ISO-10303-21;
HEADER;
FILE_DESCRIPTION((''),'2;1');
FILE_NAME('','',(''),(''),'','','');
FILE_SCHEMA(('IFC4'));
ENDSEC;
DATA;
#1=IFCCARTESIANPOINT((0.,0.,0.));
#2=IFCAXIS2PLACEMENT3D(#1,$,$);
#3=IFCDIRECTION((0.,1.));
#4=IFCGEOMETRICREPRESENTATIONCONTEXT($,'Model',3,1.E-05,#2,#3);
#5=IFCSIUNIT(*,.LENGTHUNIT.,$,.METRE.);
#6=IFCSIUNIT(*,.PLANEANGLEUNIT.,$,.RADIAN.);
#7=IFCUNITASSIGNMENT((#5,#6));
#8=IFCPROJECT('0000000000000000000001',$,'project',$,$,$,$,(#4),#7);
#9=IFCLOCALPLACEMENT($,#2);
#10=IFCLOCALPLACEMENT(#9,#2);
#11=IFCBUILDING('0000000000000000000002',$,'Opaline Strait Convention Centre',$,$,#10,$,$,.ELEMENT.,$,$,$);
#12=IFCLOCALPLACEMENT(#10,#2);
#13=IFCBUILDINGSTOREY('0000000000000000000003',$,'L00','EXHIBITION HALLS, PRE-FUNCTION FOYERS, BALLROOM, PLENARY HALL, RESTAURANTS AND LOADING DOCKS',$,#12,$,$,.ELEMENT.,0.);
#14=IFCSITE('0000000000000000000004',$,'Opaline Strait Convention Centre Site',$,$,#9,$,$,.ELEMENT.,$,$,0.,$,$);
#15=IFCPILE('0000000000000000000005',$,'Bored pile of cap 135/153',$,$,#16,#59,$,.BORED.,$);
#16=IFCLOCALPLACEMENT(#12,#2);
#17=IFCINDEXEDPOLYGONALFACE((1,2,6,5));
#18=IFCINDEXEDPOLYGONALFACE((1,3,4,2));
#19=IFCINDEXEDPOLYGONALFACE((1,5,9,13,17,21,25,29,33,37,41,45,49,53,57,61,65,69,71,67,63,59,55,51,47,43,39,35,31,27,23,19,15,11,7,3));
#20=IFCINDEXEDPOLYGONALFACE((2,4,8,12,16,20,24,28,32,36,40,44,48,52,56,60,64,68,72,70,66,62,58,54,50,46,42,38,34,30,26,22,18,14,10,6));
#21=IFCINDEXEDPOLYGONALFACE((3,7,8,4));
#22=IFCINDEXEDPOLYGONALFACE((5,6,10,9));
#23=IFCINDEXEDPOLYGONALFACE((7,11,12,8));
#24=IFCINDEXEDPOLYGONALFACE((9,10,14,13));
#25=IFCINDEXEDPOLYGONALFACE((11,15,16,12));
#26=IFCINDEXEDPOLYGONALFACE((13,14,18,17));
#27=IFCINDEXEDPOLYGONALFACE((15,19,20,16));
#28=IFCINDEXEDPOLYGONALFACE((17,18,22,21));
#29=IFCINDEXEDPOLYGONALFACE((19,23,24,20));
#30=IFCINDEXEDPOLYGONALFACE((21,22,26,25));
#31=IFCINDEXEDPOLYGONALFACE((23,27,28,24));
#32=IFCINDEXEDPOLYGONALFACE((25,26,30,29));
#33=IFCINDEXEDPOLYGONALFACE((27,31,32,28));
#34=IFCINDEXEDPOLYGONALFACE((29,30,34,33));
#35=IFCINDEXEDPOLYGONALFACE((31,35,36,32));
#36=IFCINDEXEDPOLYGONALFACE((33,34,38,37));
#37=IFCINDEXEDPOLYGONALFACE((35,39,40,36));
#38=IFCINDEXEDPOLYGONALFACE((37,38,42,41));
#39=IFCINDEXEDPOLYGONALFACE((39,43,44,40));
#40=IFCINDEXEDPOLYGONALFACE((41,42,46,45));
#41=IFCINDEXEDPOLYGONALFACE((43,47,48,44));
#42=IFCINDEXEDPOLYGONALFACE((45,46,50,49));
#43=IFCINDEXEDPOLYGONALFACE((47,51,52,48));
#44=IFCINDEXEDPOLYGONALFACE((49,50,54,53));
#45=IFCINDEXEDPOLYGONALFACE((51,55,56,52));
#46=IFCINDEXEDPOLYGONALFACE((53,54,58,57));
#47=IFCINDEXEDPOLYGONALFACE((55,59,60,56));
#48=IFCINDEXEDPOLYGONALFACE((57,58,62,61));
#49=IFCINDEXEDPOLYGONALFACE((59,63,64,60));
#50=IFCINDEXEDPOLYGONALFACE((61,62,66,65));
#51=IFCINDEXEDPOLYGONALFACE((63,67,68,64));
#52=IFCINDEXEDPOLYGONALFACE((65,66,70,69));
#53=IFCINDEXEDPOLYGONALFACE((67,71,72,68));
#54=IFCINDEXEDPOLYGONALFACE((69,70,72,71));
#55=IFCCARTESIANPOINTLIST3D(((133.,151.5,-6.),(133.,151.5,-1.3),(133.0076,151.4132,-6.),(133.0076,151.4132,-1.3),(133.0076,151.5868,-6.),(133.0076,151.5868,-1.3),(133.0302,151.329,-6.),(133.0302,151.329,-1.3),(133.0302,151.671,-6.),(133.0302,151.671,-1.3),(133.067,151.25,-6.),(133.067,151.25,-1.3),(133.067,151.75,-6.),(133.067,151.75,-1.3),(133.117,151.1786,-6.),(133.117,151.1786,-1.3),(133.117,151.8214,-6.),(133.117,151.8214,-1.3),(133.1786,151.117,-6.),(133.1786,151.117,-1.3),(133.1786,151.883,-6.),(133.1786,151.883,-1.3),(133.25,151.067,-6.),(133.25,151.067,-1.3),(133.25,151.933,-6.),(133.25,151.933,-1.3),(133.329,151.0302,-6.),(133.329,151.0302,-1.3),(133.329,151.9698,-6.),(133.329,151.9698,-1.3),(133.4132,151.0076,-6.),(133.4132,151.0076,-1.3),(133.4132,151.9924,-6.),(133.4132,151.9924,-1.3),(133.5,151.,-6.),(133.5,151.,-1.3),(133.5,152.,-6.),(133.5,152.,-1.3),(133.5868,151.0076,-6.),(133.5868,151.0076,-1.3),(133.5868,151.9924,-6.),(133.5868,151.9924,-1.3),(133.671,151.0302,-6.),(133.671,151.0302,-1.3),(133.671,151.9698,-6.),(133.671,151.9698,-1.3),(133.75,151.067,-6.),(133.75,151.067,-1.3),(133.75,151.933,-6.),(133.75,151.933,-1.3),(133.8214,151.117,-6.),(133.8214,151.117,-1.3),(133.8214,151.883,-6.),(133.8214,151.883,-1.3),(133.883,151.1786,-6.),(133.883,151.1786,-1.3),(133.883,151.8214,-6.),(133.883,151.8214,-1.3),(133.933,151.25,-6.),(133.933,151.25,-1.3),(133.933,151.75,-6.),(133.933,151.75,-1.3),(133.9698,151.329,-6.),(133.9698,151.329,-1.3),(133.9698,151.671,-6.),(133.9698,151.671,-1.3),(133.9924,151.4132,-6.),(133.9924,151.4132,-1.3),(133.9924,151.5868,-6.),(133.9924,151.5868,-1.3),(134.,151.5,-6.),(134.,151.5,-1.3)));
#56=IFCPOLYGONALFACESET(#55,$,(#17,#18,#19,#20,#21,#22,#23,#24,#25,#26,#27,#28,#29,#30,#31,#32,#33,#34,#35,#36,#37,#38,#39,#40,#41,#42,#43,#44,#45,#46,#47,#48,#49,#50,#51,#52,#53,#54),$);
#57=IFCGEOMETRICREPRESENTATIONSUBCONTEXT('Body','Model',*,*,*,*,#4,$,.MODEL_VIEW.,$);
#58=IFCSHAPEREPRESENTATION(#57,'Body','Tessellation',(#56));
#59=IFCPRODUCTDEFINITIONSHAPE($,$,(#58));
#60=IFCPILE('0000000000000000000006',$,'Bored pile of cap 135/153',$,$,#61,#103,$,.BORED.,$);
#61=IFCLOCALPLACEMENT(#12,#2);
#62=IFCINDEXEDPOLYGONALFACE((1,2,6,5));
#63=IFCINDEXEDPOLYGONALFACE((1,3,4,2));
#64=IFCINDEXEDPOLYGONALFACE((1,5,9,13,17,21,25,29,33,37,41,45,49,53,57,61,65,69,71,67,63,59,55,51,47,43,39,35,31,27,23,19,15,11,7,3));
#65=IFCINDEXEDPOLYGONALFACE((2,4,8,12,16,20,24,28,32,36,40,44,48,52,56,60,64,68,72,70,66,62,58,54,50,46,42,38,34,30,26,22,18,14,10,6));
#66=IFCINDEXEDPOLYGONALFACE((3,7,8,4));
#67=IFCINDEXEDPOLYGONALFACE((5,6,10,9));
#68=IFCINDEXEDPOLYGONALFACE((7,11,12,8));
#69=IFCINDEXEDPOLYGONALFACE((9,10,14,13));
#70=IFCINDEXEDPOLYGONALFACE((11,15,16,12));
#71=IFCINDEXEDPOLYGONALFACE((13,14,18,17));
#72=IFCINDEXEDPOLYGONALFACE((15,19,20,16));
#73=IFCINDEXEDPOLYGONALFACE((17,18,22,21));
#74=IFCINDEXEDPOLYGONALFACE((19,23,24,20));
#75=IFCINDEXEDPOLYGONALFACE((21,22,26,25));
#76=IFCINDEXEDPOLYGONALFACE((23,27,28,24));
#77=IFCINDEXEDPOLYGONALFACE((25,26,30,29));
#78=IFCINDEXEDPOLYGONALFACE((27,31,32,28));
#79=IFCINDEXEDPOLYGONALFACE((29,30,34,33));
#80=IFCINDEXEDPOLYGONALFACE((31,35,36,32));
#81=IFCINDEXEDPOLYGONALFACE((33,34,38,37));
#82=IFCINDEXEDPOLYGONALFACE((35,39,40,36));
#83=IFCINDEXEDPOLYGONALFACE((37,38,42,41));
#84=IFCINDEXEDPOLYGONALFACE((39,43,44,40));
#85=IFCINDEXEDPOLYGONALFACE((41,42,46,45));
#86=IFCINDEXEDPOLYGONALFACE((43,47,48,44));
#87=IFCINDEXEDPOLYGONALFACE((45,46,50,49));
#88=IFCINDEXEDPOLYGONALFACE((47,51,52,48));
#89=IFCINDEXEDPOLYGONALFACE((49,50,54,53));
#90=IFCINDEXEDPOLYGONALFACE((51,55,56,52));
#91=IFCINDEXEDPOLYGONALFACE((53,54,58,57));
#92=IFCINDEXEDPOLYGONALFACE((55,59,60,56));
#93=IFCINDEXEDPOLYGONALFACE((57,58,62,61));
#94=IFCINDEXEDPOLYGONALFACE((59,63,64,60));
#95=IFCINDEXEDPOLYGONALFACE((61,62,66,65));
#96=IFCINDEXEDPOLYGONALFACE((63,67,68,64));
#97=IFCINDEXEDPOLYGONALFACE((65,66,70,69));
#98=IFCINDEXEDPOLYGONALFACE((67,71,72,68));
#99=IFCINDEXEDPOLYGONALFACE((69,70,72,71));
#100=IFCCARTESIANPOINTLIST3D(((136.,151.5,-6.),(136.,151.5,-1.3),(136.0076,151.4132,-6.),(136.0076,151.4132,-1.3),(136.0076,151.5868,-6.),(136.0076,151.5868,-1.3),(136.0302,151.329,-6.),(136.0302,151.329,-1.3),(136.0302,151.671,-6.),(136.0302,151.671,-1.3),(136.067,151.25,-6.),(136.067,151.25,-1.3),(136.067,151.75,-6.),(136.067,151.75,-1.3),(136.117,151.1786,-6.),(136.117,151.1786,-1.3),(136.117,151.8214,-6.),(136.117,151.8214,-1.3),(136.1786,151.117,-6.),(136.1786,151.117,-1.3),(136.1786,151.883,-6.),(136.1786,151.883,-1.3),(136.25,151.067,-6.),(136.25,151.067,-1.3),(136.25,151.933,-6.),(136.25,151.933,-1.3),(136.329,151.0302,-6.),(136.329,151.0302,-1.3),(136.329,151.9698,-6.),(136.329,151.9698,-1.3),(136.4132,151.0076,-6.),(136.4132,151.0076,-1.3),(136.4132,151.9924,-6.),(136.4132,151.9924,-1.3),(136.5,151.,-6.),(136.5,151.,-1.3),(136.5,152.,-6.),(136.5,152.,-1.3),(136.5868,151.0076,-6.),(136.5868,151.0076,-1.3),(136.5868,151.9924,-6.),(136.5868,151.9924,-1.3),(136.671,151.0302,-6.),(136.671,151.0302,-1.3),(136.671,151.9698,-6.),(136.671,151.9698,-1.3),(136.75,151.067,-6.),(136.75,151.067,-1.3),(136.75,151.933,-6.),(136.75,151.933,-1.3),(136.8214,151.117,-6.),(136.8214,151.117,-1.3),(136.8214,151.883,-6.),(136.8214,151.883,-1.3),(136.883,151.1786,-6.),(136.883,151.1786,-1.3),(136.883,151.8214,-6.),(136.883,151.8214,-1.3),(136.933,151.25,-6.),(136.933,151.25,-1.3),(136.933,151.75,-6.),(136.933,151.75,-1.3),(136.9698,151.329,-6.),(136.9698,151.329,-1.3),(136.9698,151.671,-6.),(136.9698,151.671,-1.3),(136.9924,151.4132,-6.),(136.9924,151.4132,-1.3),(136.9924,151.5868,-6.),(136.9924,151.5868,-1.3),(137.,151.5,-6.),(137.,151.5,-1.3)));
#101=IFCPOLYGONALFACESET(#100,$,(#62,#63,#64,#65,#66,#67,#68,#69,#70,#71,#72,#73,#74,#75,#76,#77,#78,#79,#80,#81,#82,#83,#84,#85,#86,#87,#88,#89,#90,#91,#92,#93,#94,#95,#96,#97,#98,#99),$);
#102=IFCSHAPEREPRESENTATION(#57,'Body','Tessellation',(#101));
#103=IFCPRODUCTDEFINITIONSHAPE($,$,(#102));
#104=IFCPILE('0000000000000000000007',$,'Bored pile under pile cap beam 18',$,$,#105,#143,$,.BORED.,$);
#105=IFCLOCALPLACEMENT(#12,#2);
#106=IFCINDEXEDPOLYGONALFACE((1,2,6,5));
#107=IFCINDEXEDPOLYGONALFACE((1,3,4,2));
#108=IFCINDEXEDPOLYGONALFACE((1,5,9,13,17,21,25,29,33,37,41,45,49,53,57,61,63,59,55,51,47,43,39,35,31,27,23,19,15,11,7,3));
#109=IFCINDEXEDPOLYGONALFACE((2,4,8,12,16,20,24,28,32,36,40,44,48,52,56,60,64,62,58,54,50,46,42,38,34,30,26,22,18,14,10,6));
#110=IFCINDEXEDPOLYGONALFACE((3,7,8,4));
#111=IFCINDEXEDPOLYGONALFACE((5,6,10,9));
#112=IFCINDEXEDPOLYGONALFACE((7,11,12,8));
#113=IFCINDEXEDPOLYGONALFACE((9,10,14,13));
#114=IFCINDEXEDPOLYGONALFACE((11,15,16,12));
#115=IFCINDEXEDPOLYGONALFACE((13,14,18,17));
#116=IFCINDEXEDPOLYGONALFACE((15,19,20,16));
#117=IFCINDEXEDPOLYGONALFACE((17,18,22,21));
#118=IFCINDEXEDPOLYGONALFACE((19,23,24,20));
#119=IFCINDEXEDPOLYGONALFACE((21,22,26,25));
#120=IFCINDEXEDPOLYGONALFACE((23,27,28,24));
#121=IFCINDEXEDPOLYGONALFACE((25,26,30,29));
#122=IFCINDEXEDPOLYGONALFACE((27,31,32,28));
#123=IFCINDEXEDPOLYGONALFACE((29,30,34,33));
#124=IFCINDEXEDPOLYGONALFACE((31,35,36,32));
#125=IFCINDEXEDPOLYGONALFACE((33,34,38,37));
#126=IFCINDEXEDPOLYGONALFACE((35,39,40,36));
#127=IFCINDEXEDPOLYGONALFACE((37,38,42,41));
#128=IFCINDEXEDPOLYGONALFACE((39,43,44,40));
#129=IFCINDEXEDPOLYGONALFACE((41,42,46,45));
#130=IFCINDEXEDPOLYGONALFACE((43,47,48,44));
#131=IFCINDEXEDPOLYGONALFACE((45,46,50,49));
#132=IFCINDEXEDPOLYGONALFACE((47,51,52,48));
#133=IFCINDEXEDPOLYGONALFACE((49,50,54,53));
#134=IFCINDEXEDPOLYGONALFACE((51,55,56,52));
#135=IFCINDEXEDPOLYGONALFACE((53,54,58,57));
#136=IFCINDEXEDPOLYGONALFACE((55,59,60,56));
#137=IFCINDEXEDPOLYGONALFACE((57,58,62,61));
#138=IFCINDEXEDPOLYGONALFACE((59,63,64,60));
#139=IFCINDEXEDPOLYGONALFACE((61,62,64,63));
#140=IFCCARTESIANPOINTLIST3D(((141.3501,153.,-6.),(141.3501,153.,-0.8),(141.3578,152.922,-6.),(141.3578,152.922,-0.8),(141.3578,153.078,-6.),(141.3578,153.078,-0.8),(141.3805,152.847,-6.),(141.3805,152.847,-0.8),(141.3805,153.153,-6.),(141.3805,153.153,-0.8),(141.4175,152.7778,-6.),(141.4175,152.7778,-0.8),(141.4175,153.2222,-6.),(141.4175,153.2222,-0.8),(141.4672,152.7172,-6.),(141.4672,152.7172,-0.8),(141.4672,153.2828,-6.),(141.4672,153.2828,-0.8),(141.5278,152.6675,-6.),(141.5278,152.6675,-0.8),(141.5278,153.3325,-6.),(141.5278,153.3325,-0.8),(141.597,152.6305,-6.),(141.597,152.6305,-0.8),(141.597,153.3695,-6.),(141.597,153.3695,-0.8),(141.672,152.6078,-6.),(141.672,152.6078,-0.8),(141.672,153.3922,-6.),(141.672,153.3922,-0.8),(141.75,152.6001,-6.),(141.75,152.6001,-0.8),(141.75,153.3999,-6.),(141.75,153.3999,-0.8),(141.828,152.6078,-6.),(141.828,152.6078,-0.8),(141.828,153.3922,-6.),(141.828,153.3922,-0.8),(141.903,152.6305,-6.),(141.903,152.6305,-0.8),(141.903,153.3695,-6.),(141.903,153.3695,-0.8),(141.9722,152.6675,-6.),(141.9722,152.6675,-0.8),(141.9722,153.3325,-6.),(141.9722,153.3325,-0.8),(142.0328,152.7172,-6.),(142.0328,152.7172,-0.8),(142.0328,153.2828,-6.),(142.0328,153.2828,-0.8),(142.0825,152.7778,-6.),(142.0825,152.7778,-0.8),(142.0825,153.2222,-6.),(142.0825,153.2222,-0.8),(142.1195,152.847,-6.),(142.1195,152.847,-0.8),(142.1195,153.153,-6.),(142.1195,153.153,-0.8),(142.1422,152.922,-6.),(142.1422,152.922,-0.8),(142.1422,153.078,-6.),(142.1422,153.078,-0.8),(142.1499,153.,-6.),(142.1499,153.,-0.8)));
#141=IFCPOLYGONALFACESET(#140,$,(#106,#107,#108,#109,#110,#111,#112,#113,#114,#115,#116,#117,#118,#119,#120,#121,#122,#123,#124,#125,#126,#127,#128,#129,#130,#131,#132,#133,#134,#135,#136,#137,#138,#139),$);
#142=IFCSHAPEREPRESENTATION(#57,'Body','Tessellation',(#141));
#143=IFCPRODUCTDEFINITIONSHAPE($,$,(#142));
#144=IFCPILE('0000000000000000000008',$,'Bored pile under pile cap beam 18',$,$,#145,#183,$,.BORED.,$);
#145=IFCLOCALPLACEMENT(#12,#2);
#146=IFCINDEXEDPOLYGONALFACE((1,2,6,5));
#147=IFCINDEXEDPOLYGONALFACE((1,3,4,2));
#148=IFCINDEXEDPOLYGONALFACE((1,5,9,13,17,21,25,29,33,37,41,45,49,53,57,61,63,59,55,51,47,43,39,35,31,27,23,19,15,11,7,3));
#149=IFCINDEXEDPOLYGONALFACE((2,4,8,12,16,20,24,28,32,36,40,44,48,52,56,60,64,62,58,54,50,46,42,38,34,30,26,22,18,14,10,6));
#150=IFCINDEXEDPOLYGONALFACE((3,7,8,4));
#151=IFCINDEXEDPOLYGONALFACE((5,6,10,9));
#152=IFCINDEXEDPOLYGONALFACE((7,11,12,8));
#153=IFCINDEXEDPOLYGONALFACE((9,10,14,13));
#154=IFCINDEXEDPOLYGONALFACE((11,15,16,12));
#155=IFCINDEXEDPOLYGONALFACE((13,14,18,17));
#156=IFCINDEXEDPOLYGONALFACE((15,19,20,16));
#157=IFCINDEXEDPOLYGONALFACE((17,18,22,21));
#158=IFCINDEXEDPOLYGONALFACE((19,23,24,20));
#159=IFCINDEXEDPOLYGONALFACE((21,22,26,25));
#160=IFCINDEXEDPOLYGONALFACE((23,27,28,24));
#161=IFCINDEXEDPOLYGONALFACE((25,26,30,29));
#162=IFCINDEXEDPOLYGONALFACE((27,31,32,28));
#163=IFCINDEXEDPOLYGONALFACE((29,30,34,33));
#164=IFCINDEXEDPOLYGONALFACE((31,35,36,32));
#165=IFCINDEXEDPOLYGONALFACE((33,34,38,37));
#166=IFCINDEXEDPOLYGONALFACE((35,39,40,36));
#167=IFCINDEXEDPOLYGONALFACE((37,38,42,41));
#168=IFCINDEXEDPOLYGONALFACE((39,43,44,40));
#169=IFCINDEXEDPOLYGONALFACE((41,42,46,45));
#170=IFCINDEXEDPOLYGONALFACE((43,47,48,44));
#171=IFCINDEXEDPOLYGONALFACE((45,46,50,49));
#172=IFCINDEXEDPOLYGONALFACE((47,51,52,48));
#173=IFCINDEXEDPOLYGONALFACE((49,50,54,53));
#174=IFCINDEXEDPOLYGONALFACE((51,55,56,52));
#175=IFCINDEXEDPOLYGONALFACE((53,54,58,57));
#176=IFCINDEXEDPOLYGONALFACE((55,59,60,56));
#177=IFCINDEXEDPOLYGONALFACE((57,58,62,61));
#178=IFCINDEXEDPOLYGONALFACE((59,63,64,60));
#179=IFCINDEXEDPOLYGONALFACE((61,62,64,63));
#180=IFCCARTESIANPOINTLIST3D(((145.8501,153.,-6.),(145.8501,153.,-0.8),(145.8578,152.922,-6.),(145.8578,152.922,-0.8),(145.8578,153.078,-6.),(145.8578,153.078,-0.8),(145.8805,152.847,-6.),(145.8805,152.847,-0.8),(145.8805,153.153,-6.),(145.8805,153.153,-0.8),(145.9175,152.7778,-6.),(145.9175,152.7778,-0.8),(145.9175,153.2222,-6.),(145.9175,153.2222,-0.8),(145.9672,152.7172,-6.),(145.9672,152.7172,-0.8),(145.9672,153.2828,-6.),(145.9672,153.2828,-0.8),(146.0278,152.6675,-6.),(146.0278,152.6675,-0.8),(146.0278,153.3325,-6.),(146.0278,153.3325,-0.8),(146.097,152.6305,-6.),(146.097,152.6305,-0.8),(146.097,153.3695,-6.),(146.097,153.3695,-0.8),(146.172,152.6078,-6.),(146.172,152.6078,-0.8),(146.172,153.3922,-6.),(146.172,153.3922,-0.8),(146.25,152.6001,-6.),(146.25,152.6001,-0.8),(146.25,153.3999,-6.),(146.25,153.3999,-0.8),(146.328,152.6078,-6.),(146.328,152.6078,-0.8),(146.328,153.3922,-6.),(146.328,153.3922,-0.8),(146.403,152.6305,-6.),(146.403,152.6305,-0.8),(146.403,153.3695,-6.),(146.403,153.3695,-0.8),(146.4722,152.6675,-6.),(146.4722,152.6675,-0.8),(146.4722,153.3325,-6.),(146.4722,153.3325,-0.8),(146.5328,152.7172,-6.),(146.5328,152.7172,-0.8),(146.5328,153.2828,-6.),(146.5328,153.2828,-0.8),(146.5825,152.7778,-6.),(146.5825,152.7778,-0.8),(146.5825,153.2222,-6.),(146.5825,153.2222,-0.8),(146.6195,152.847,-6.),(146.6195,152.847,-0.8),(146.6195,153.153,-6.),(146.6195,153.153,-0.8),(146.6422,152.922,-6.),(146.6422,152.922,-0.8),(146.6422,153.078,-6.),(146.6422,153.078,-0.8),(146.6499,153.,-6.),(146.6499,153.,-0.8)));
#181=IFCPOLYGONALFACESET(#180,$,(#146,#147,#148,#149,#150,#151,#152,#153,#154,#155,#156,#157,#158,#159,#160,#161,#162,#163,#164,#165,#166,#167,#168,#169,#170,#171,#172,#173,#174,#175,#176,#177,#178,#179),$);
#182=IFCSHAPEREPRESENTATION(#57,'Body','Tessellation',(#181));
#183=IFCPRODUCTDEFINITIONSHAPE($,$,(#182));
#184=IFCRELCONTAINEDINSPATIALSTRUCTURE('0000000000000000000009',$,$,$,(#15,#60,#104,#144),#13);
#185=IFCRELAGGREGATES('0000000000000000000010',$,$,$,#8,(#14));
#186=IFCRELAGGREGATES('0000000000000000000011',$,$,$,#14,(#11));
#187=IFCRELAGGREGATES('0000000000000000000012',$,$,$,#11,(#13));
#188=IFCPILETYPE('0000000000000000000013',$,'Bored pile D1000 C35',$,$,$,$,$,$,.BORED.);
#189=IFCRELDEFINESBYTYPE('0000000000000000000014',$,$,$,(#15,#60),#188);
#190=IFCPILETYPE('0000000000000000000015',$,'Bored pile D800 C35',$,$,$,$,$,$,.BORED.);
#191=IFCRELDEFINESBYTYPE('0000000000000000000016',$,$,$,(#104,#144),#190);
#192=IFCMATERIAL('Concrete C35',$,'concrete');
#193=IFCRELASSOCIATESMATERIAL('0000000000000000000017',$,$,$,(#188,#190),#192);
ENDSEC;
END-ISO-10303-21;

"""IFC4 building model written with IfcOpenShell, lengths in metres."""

from ifc_helpers import new_model, si_unit, direction, frame, origin, origin_2d, place, context, subcontext, project, spatial, circle, extrude, material, material_profile, profile_set, type_object, element, save


model = new_model("IFC4")

# Units and contexts
model_context = context("Model", 3, precision=1e-05, world=origin(), true_north=direction((0.0, 1.0)))
body_context = subcontext(model_context, "Body", "Model", "MODEL_VIEW")
ifc_project = project(units=[si_unit("LENGTHUNIT", "METRE"), si_unit("PLANEANGLEUNIT", "RADIAN")], contexts=[model_context])

# Site, building, storey
site_placement = place(None, origin())
site = spatial("IfcSite", under=ifc_project, at=site_placement, Name="Opaline Strait Convention Centre Site", CompositionType="ELEMENT", RefElevation=0.0)
building_placement = place(site_placement, origin())
building = spatial("IfcBuilding", under=site, at=building_placement, Name="Opaline Strait Convention Centre", CompositionType="ELEMENT")
storey_placement = place(building_placement, origin())
storey = spatial("IfcBuildingStorey", under=building, at=storey_placement, Name="L00", Description="EXHIBITION HALLS, PRE-FUNCTION FOYERS, BALLROOM, PLENARY HALL, RESTAURANTS AND LOADING DOCKS", CompositionType="ELEMENT", Elevation=0.0)

# Piles
ifc_material_1 = material(Name="Concrete C35", Category="concrete")
ifc_material_profile_1 = material_profile(ifc_material_1, circle(Radius=0.5, at=origin_2d()), Name="D1000")
ifc_profile_set_1 = profile_set([ifc_material_profile_1], Name="Concrete C35")
pile_type_1 = type_object("IfcPileType", Name="Bored pile D1000 C35", PredefinedType="BORED", material=ifc_profile_set_1)
for number, where, z_axis, x_axis, name in (
    (1, (133.5, 151.5, -1.3), (0.0, 0.0, -1.0), (1.0, 0.0, 0.0), "Bored pile of cap 135/153"),
    (2, (136.5, 151.5, -1.3), (0.0, 0.0, -1.0), (1.0, 0.0, 0.0), "Bored pile of cap 135/153"),
):
    element("IfcPile", number, at=place(storey_placement, frame(where, z_axis=z_axis, x_axis=x_axis)), inside=storey, type_object=pile_type_1, Name=name, PredefinedType="BORED", context=body_context, shape_type="SweptSolid", body=[
        extrude(circle(Radius=0.5, at=origin_2d()), origin(), (0.0, 0.0, 1.0), 4.7),
    ])
ifc_material_profile_2 = material_profile(ifc_material_1, circle(Radius=0.3999, at=origin_2d()), Name="D800")
ifc_profile_set_2 = profile_set([ifc_material_profile_2], Name="Concrete C35")
pile_type_2 = type_object("IfcPileType", Name="Bored pile D800 C35", PredefinedType="BORED", material=ifc_profile_set_2)
for number, where, z_axis, x_axis, name in (
    (3, (141.75, 153.0, -0.8), (0.0, 0.0, -1.0), (1.0, 0.0, 0.0), "Bored pile under pile cap beam 18"),
    (4, (146.25, 153.0, -0.8), (0.0, 0.0, -1.0), (1.0, 0.0, 0.0), "Bored pile under pile cap beam 18"),
):
    element("IfcPile", number, at=place(storey_placement, frame(where, z_axis=z_axis, x_axis=x_axis)), inside=storey, type_object=pile_type_2, Name=name, PredefinedType="BORED", context=body_context, shape_type="SweptSolid", body=[
        extrude(circle(Radius=0.3999, at=origin_2d()), origin(), (0.0, 0.0, 1.0), 5.2),
    ])

save(model, "model.ifc")
